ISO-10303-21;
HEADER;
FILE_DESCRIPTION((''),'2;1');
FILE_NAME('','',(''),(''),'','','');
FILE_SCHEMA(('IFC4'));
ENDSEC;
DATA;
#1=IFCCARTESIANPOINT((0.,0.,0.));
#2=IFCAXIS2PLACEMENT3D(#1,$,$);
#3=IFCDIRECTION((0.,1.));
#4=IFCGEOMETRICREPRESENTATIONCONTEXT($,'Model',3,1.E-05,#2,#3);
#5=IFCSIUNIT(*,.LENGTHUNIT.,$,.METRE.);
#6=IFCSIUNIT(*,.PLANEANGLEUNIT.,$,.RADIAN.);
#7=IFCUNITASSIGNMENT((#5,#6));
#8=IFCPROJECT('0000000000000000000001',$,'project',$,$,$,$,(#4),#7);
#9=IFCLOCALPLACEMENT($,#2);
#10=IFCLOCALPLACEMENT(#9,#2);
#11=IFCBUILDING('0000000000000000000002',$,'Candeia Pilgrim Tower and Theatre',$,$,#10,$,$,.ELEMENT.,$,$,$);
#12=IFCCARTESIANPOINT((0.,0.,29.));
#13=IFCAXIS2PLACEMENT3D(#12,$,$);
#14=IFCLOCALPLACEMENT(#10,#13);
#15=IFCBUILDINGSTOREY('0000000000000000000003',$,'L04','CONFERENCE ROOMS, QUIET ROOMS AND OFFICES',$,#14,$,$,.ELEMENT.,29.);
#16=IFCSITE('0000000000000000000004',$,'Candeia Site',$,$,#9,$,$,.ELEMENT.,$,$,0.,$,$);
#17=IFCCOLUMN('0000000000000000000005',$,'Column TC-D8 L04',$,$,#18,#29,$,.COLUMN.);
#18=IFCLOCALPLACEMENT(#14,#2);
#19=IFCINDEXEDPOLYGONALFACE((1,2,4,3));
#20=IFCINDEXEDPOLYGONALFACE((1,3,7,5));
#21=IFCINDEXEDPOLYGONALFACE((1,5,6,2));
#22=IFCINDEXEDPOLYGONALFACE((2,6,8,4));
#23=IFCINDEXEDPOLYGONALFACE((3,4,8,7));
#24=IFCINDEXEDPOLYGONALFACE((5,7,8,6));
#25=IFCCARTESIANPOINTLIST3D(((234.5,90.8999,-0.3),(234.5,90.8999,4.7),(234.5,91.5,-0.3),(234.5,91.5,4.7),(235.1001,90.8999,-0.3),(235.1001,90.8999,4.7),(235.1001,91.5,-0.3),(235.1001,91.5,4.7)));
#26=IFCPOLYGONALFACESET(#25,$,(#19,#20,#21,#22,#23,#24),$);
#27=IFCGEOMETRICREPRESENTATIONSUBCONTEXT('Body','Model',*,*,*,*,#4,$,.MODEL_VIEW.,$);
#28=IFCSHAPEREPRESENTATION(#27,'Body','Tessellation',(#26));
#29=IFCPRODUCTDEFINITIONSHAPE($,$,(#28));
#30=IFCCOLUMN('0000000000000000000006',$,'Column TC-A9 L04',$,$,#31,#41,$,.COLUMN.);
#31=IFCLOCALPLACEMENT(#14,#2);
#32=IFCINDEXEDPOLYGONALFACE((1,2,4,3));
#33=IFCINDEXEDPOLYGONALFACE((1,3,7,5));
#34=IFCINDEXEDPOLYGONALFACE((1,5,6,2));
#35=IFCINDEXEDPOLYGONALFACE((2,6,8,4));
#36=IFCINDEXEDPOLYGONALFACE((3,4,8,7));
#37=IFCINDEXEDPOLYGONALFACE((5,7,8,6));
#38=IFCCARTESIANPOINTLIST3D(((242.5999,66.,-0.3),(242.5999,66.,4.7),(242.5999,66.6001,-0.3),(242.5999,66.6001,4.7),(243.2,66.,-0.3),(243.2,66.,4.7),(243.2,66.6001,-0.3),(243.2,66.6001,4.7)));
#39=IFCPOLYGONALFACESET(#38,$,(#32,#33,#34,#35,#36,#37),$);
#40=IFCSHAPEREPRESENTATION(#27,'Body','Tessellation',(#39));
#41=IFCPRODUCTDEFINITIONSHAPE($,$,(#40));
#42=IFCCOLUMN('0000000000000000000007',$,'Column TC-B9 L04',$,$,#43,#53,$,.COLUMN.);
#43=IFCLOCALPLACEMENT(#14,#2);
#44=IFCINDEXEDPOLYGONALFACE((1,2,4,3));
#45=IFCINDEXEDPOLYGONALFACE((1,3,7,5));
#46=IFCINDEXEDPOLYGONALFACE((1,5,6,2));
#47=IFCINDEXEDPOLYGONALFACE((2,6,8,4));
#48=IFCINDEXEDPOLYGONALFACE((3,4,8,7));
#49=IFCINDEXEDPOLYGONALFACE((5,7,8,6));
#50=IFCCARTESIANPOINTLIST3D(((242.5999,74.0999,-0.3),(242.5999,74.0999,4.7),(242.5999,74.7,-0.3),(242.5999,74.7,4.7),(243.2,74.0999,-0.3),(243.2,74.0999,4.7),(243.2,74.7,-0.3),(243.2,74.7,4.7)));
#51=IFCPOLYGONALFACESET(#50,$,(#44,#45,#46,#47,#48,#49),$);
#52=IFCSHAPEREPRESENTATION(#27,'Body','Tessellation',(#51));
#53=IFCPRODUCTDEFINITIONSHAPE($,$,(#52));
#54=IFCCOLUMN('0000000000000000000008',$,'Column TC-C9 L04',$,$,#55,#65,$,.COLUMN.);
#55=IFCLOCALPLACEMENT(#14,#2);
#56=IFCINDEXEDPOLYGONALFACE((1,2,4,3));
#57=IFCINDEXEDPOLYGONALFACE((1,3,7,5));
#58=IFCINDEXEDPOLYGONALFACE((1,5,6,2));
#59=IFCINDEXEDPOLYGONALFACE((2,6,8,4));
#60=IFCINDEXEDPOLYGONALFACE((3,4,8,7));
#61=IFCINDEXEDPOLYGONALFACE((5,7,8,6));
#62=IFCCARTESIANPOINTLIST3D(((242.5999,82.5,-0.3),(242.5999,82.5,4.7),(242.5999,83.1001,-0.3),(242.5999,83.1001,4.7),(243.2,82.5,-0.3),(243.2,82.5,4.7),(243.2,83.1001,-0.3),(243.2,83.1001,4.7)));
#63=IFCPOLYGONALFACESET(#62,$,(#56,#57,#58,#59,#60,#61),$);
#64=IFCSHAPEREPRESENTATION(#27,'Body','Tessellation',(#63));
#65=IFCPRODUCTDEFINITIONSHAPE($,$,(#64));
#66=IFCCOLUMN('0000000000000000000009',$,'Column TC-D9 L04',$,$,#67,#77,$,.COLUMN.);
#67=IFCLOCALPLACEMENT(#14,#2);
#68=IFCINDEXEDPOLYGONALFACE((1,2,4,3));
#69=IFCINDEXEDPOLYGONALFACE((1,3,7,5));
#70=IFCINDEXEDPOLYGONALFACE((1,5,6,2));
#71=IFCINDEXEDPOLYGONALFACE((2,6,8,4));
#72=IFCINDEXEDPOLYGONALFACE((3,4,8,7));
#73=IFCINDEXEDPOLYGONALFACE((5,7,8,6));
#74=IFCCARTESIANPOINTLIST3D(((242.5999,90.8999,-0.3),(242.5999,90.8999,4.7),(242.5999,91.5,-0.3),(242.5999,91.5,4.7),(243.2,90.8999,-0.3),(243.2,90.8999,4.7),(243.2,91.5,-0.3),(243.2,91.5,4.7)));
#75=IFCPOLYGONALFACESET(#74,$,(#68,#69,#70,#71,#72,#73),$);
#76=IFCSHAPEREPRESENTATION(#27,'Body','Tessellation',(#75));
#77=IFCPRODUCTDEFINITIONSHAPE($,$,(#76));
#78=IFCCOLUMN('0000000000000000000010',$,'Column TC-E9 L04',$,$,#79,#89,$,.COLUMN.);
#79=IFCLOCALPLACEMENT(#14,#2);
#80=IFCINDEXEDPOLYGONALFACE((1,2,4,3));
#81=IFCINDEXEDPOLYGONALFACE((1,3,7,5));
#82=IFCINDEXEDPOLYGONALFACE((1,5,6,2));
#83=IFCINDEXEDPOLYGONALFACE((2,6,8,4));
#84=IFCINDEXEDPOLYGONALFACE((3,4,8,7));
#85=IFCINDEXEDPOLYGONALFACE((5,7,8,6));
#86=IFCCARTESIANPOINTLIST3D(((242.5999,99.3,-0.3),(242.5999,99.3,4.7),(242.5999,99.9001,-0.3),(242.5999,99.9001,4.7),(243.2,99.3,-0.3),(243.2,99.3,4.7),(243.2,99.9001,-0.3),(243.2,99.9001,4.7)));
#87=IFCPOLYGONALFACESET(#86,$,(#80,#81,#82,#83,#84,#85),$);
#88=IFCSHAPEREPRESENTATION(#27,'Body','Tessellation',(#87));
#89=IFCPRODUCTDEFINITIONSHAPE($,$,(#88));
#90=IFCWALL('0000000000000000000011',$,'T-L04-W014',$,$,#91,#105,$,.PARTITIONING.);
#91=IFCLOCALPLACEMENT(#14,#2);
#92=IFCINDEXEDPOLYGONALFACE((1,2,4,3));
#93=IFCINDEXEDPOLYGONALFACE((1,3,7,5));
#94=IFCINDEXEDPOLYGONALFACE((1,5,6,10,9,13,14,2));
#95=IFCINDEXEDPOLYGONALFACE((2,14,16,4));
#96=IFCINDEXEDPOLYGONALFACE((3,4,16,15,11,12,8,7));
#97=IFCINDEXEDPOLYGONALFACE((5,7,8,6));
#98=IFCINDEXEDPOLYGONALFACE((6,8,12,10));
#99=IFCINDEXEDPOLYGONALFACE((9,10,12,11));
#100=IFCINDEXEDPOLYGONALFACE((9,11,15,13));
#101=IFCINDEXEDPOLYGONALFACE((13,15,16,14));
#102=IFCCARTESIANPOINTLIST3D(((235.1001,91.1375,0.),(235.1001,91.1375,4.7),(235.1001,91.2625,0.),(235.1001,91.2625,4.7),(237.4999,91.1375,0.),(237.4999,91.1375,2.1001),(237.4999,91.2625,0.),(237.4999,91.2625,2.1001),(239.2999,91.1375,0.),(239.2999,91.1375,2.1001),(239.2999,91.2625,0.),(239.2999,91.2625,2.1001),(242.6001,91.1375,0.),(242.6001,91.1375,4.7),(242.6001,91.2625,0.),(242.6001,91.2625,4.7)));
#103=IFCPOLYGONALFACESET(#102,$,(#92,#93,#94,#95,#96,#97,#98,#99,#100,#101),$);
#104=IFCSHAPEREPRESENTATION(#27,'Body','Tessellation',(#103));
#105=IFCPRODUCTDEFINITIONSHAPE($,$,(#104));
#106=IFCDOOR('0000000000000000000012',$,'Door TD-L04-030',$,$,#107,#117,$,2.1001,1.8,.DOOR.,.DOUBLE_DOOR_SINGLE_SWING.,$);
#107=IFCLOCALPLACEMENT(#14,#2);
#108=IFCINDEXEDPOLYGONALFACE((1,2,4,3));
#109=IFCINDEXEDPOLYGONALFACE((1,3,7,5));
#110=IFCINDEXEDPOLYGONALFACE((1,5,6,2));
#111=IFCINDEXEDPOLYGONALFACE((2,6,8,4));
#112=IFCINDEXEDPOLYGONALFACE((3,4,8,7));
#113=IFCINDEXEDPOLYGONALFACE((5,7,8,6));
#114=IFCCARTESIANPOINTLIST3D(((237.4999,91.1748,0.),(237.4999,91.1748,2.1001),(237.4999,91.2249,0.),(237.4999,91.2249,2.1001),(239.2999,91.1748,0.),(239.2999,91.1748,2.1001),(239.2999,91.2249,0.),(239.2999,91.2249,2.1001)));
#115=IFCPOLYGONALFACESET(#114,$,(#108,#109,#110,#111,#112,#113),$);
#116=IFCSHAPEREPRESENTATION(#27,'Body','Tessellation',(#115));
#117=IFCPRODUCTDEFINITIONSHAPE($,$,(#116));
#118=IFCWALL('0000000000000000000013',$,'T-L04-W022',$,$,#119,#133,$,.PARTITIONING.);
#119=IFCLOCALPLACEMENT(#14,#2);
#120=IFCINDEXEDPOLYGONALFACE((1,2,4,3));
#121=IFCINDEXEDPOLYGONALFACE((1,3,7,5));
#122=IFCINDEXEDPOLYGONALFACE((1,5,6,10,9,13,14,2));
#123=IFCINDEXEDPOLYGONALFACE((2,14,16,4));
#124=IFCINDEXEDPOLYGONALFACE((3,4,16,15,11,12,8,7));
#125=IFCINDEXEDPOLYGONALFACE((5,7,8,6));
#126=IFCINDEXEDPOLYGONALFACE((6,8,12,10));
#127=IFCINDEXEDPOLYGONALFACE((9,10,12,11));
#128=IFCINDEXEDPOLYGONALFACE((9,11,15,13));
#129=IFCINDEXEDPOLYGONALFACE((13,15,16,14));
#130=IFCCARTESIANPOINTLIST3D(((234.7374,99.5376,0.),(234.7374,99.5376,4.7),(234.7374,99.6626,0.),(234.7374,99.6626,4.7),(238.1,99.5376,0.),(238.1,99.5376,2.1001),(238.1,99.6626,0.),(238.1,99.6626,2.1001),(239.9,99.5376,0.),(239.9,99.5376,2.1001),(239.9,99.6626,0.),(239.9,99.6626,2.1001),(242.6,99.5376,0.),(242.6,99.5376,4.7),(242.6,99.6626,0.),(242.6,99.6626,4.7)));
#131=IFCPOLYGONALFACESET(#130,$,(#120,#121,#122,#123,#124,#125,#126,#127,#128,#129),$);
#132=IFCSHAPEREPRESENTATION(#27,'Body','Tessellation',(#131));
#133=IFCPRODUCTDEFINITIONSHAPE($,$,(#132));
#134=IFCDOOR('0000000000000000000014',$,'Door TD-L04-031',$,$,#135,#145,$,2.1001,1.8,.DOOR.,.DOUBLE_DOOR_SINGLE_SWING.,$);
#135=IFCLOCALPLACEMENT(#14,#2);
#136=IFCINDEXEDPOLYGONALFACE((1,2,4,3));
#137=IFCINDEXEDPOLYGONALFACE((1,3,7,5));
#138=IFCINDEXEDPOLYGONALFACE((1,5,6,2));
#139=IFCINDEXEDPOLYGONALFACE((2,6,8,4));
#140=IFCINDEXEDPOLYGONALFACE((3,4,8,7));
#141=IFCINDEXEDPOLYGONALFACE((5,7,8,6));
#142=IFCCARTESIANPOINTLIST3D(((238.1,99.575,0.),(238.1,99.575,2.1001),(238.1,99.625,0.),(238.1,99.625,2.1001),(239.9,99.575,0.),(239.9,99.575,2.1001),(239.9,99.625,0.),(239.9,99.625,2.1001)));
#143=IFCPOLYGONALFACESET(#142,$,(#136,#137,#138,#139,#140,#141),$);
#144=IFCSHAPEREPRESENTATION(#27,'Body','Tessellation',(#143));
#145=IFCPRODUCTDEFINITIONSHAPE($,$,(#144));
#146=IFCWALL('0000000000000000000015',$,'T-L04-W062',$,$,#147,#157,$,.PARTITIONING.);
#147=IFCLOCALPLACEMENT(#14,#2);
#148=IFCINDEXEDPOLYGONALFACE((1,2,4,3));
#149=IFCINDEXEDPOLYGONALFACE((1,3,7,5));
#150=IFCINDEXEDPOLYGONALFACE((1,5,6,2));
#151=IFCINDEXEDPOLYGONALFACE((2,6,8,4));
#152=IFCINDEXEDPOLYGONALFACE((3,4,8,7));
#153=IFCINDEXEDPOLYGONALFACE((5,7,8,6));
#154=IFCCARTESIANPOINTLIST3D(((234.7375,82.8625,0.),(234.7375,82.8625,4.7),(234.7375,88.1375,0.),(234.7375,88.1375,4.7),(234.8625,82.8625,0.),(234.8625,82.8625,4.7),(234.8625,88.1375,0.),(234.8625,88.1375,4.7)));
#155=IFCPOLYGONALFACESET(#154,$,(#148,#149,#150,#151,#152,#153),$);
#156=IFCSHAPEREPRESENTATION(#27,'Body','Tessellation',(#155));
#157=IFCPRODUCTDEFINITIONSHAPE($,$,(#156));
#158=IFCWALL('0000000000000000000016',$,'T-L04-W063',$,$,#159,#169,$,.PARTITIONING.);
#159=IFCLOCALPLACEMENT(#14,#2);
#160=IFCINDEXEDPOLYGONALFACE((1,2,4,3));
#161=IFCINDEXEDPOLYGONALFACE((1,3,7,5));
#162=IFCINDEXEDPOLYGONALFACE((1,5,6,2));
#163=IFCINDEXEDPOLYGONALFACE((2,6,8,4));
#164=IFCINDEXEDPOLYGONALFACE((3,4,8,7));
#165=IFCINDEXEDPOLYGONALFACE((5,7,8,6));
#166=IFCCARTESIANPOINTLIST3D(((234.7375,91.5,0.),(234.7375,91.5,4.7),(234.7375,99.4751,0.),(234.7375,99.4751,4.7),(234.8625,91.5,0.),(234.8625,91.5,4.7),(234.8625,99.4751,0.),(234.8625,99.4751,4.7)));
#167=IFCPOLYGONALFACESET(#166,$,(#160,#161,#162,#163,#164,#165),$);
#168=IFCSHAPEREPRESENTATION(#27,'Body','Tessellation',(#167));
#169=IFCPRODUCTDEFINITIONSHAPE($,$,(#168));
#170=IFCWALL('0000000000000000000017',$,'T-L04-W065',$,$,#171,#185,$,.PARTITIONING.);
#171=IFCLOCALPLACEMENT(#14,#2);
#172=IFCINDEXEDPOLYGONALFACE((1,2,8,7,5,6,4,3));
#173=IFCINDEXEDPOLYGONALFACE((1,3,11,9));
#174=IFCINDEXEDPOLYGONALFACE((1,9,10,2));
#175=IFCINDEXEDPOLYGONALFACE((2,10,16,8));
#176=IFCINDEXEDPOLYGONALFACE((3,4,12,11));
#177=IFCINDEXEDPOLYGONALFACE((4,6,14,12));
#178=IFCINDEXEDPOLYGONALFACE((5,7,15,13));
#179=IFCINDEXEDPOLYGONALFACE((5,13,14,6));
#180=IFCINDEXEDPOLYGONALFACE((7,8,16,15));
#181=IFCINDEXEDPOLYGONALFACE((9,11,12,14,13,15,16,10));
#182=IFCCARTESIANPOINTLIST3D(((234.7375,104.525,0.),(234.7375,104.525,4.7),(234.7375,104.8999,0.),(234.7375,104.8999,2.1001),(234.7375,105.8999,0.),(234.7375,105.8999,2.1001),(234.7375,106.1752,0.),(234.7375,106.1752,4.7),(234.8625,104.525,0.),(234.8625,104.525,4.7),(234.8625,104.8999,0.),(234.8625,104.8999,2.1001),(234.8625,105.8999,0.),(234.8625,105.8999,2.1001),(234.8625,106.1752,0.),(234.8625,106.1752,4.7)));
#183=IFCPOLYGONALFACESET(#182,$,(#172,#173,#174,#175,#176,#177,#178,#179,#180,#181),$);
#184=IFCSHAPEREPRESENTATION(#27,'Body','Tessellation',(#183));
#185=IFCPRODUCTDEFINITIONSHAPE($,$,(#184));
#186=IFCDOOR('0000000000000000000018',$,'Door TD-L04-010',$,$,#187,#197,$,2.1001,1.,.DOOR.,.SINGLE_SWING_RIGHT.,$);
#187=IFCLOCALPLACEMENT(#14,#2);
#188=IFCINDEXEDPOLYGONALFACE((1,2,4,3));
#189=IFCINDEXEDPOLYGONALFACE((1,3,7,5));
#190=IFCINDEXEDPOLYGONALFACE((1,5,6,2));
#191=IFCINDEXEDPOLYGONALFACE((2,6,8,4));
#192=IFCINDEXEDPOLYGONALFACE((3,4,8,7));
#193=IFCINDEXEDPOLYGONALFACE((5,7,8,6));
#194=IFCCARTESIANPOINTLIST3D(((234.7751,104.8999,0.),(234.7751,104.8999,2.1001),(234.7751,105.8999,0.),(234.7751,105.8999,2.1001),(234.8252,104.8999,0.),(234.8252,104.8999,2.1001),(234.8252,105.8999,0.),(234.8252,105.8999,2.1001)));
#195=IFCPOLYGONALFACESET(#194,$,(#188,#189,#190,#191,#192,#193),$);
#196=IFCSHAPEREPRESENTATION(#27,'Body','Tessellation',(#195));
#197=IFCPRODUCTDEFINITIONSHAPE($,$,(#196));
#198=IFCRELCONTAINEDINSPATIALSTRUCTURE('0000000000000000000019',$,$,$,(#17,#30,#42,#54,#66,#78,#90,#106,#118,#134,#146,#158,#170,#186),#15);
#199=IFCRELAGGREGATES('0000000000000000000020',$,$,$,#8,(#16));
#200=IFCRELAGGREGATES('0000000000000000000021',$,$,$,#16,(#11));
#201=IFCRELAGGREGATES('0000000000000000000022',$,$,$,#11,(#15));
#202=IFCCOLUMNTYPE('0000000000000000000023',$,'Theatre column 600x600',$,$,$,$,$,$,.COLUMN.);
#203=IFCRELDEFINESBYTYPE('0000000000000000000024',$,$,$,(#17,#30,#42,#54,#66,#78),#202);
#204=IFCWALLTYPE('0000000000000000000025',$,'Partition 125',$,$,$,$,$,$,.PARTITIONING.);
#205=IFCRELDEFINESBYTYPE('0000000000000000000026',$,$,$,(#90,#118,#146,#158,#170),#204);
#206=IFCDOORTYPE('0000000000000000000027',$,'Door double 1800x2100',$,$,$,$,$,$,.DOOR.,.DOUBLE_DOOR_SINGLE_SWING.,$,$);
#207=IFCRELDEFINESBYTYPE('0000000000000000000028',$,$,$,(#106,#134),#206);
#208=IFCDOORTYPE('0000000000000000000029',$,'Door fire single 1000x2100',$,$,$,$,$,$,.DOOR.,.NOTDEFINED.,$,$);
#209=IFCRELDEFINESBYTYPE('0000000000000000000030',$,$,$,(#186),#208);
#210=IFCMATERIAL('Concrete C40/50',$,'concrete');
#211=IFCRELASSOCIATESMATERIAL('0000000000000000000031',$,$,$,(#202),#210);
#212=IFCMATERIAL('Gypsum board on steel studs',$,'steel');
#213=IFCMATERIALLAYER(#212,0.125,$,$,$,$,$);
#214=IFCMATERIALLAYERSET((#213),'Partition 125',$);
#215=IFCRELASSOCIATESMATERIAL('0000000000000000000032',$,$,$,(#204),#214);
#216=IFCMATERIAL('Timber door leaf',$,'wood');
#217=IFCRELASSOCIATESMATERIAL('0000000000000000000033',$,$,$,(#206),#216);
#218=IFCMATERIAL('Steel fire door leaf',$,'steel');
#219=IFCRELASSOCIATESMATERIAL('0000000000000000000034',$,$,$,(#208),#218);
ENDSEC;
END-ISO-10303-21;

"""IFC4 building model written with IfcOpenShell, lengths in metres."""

from ifc_helpers import new_model, si_unit, direction, frame, frame_2d, origin, origin_2d, place, context, subcontext, project, spatial, rectangle, extrude, material, layer, layer_set, material_profile, profile_set, type_object, element, fill, save


model = new_model("IFC4")

# Units and contexts
model_context = context("Model", 3, precision=1e-05, world=origin(), true_north=direction((0.0, 1.0)))
body_context = subcontext(model_context, "Body", "Model", "MODEL_VIEW")
ifc_project = project(units=[si_unit("LENGTHUNIT", "METRE"), si_unit("PLANEANGLEUNIT", "RADIAN")], contexts=[model_context])

# Site, building, storey
site_placement = place(None, origin())
site = spatial("IfcSite", under=ifc_project, at=site_placement, Name="Candeia Site", CompositionType="ELEMENT", RefElevation=0.0)
building_placement = place(site_placement, origin())
building = spatial("IfcBuilding", under=site, at=building_placement, Name="Candeia Pilgrim Tower and Theatre", CompositionType="ELEMENT")
storey_placement = place(building_placement, frame((0.0, 0.0, 29.0)))
storey = spatial("IfcBuildingStorey", under=building, at=storey_placement, Name="L04", Description="CONFERENCE ROOMS, QUIET ROOMS AND OFFICES", CompositionType="ELEMENT", Elevation=29.0)

# Columns
ifc_material_1 = material(Name="Concrete C40/50", Category="concrete")
ifc_material_profile = material_profile(ifc_material_1, rectangle(XDim=0.6001, YDim=0.6001, at=origin_2d()))
ifc_profile_set = profile_set([ifc_material_profile], Name="Concrete C40/50")
column_type = type_object("IfcColumnType", Name="Theatre column 600x600", PredefinedType="COLUMN", material=ifc_profile_set)
for number, where, z_axis, x_axis, name in (
    (1, (234.8, 91.2, -0.3), (0.0, 0.0, 1.0), (1.0, 0.0, 0.0), "Column TC-D8 L04"),
    (2, (242.8999, 66.3, -0.3), (0.0, 0.0, 1.0), (1.0, 0.0, 0.0), "Column TC-A9 L04"),
    (3, (242.8999, 74.3999, -0.3), (0.0, 0.0, 1.0), (1.0, 0.0, 0.0), "Column TC-B9 L04"),
    (4, (242.8999, 82.8, -0.3), (0.0, 0.0, 1.0), (1.0, 0.0, 0.0), "Column TC-C9 L04"),
    (5, (242.8999, 91.2, -0.3), (0.0, 0.0, 1.0), (1.0, 0.0, 0.0), "Column TC-D9 L04"),
    (6, (242.8999, 99.6001, -0.3), (0.0, 0.0, 1.0), (1.0, 0.0, 0.0), "Column TC-E9 L04"),
):
    element("IfcColumn", number, at=place(storey_placement, frame(where, z_axis=z_axis, x_axis=x_axis)), inside=storey, type_object=column_type, Name=name, PredefinedType="COLUMN", context=body_context, shape_type="SweptSolid", body=[
        extrude(rectangle(XDim=0.6001, YDim=0.6001, at=origin_2d()), origin(), (0.0, 0.0, 1.0), 5.0),
    ])

# Walls, openings, doors
ifc_material_2 = material(Name="Gypsum board on steel studs", Category="steel")
ifc_layer_1 = layer(ifc_material_2, 0.125)
ifc_layer_set_1 = layer_set([ifc_layer_1], Name="Partition 125")
wall_type_1 = type_object("IfcWallType", Name="Partition 125", PredefinedType="PARTITIONING", material=ifc_layer_set_1)
wall_1_placement = place(storey_placement, frame((235.1001, 91.2, 0.0), z_axis=(0.0, 0.0, 1.0), x_axis=(1.0, 0.0, 0.0)))
wall_1 = element("IfcWall", 7, at=wall_1_placement, inside=storey, type_object=wall_type_1, Name="T-L04-W014", PredefinedType="PARTITIONING", context=body_context, shape_type="SweptSolid", body=[
    extrude(rectangle(XDim=7.5, YDim=0.125, at=frame_2d((3.75, 0.0))), origin(), (0.0, 0.0, 1.0), 4.7),
])
opening_1_placement = place(wall_1_placement, frame((2.3999, 0.0, 0.0)))
opening_1 = element("IfcOpeningElement", 8, at=opening_1_placement, cuts=wall_1, PredefinedType="OPENING", context=body_context, shape_type="SweptSolid", body=[
    extrude(rectangle(XDim=1.8, YDim=2.1001, at=frame_2d((0.8999, 1.05))), frame((0.0, 0.0725, 0.0), z_axis=(0.0, -1.0, 0.0), x_axis=(1.0, 0.0, 0.0)), (0.0, 0.0, 1.0), 0.145),
])
ifc_material_3 = material(Name="Timber door leaf", Category="wood")
door_type_1 = type_object("IfcDoorType", Name="Door double 1800x2100", OperationType="DOUBLE_DOOR_SINGLE_SWING", PredefinedType="DOOR", material=ifc_material_3)
door_1_placement = place(opening_1_placement, origin())
door_1 = element("IfcDoor", 9, at=door_1_placement, inside=storey, type_object=door_type_1, Name="Door TD-L04-030", OperationType="DOUBLE_DOOR_SINGLE_SWING", OverallHeight=2.1001, OverallWidth=1.8, PredefinedType="DOOR", context=body_context, shape_type="SweptSolid", body=[
    extrude(rectangle(XDim=1.8, YDim=2.1001, at=frame_2d((0.8999, 1.05))), frame((0.0, 0.0249, 0.0), z_axis=(0.0, -1.0, 0.0), x_axis=(1.0, 0.0, 0.0)), (0.0, 0.0, 1.0), 0.05),
])
fill(opening_1, door_1)
wall_2_placement = place(storey_placement, frame((234.7375, 99.6001, 0.0), z_axis=(0.0, 0.0, 1.0), x_axis=(1.0, 0.0, 0.0)))
wall_2 = element("IfcWall", 10, at=wall_2_placement, inside=storey, type_object=wall_type_1, Name="T-L04-W022", PredefinedType="PARTITIONING", context=body_context, shape_type="SweptSolid", body=[
    extrude(rectangle(XDim=7.8625, YDim=0.125, at=frame_2d((3.9312, 0.0))), origin(), (0.0, 0.0, 1.0), 4.7),
])
opening_2_placement = place(wall_2_placement, frame((3.3625, 0.0, 0.0)))
opening_2 = element("IfcOpeningElement", 11, at=opening_2_placement, cuts=wall_2, PredefinedType="OPENING", context=body_context, shape_type="SweptSolid", body=[
    extrude(rectangle(XDim=1.8, YDim=2.1001, at=frame_2d((0.8999, 1.05))), frame((0.0, 0.0725, 0.0), z_axis=(0.0, -1.0, 0.0), x_axis=(1.0, 0.0, 0.0)), (0.0, 0.0, 1.0), 0.145),
])
door_2_placement = place(opening_2_placement, origin())
door_2 = element("IfcDoor", 12, at=door_2_placement, inside=storey, type_object=door_type_1, Name="Door TD-L04-031", OperationType="DOUBLE_DOOR_SINGLE_SWING", OverallHeight=2.1001, OverallWidth=1.8, PredefinedType="DOOR", context=body_context, shape_type="SweptSolid", body=[
    extrude(rectangle(XDim=1.8, YDim=2.1001, at=frame_2d((0.8999, 1.05))), frame((0.0, 0.0249, 0.0), z_axis=(0.0, -1.0, 0.0), x_axis=(1.0, 0.0, 0.0)), (0.0, 0.0, 1.0), 0.05),
])
fill(opening_2, door_2)

# Walls
wall_3_placement = place(storey_placement, frame((234.8, 82.8625, 0.0), z_axis=(0.0, 0.0, 1.0), x_axis=(0.0, 1.0, 0.0)))
element("IfcWall", 13, at=wall_3_placement, inside=storey, type_object=wall_type_1, Name="T-L04-W062", PredefinedType="PARTITIONING", context=body_context, shape_type="SweptSolid", body=[
    extrude(rectangle(XDim=5.2749, YDim=0.125, at=frame_2d((2.6375, 0.0))), origin(), (0.0, 0.0, 1.0), 4.7),
])
wall_4_placement = place(storey_placement, frame((234.8, 91.5, 0.0), z_axis=(0.0, 0.0, 1.0), x_axis=(0.0, 1.0, 0.0)))
element("IfcWall", 14, at=wall_4_placement, inside=storey, type_object=wall_type_1, Name="T-L04-W063", PredefinedType="PARTITIONING", context=body_context, shape_type="SweptSolid", body=[
    extrude(rectangle(XDim=7.9751, YDim=0.125, at=frame_2d((3.9875, 0.0))), origin(), (0.0, 0.0, 1.0), 4.7),
])

# Wall, opening, door
wall_5_placement = place(storey_placement, frame((234.8, 104.5249, 0.0), z_axis=(0.0, 0.0, 1.0), x_axis=(0.0, 1.0, 0.0)))
wall_5 = element("IfcWall", 15, at=wall_5_placement, inside=storey, type_object=wall_type_1, Name="T-L04-W065", PredefinedType="PARTITIONING", context=body_context, shape_type="SweptSolid", body=[
    extrude(rectangle(XDim=1.6501, YDim=0.125, at=frame_2d((0.8252, 0.0))), origin(), (0.0, 0.0, 1.0), 4.7),
])
opening_3_placement = place(wall_5_placement, frame((0.375, 0.0, 0.0)))
opening_3 = element("IfcOpeningElement", 16, at=opening_3_placement, cuts=wall_5, PredefinedType="OPENING", context=body_context, shape_type="SweptSolid", body=[
    extrude(rectangle(XDim=1.0, YDim=2.1001, at=frame_2d((0.5, 1.05))), frame((0.0, 0.0725, 0.0), z_axis=(0.0, -1.0, 0.0), x_axis=(1.0, 0.0, 0.0)), (0.0, 0.0, 1.0), 0.145),
])
ifc_material_4 = material(Name="Steel fire door leaf", Category="steel")
door_type_2 = type_object("IfcDoorType", Name="Door fire single 1000x2100", OperationType="NOTDEFINED", PredefinedType="DOOR", material=ifc_material_4)
door_3_placement = place(opening_3_placement, origin())
door_3 = element("IfcDoor", 17, at=door_3_placement, inside=storey, type_object=door_type_2, Name="Door TD-L04-010", OperationType="SINGLE_SWING_RIGHT", OverallHeight=2.1001, OverallWidth=1.0, PredefinedType="DOOR", context=body_context, shape_type="SweptSolid", body=[
    extrude(rectangle(XDim=1.0, YDim=2.1001, at=frame_2d((0.5, 1.05))), frame((0.0, 0.0249, 0.0), z_axis=(0.0, -1.0, 0.0), x_axis=(1.0, 0.0, 0.0)), (0.0, 0.0, 1.0), 0.05),
])
fill(opening_3, door_3)

save(model, "model.ifc")
